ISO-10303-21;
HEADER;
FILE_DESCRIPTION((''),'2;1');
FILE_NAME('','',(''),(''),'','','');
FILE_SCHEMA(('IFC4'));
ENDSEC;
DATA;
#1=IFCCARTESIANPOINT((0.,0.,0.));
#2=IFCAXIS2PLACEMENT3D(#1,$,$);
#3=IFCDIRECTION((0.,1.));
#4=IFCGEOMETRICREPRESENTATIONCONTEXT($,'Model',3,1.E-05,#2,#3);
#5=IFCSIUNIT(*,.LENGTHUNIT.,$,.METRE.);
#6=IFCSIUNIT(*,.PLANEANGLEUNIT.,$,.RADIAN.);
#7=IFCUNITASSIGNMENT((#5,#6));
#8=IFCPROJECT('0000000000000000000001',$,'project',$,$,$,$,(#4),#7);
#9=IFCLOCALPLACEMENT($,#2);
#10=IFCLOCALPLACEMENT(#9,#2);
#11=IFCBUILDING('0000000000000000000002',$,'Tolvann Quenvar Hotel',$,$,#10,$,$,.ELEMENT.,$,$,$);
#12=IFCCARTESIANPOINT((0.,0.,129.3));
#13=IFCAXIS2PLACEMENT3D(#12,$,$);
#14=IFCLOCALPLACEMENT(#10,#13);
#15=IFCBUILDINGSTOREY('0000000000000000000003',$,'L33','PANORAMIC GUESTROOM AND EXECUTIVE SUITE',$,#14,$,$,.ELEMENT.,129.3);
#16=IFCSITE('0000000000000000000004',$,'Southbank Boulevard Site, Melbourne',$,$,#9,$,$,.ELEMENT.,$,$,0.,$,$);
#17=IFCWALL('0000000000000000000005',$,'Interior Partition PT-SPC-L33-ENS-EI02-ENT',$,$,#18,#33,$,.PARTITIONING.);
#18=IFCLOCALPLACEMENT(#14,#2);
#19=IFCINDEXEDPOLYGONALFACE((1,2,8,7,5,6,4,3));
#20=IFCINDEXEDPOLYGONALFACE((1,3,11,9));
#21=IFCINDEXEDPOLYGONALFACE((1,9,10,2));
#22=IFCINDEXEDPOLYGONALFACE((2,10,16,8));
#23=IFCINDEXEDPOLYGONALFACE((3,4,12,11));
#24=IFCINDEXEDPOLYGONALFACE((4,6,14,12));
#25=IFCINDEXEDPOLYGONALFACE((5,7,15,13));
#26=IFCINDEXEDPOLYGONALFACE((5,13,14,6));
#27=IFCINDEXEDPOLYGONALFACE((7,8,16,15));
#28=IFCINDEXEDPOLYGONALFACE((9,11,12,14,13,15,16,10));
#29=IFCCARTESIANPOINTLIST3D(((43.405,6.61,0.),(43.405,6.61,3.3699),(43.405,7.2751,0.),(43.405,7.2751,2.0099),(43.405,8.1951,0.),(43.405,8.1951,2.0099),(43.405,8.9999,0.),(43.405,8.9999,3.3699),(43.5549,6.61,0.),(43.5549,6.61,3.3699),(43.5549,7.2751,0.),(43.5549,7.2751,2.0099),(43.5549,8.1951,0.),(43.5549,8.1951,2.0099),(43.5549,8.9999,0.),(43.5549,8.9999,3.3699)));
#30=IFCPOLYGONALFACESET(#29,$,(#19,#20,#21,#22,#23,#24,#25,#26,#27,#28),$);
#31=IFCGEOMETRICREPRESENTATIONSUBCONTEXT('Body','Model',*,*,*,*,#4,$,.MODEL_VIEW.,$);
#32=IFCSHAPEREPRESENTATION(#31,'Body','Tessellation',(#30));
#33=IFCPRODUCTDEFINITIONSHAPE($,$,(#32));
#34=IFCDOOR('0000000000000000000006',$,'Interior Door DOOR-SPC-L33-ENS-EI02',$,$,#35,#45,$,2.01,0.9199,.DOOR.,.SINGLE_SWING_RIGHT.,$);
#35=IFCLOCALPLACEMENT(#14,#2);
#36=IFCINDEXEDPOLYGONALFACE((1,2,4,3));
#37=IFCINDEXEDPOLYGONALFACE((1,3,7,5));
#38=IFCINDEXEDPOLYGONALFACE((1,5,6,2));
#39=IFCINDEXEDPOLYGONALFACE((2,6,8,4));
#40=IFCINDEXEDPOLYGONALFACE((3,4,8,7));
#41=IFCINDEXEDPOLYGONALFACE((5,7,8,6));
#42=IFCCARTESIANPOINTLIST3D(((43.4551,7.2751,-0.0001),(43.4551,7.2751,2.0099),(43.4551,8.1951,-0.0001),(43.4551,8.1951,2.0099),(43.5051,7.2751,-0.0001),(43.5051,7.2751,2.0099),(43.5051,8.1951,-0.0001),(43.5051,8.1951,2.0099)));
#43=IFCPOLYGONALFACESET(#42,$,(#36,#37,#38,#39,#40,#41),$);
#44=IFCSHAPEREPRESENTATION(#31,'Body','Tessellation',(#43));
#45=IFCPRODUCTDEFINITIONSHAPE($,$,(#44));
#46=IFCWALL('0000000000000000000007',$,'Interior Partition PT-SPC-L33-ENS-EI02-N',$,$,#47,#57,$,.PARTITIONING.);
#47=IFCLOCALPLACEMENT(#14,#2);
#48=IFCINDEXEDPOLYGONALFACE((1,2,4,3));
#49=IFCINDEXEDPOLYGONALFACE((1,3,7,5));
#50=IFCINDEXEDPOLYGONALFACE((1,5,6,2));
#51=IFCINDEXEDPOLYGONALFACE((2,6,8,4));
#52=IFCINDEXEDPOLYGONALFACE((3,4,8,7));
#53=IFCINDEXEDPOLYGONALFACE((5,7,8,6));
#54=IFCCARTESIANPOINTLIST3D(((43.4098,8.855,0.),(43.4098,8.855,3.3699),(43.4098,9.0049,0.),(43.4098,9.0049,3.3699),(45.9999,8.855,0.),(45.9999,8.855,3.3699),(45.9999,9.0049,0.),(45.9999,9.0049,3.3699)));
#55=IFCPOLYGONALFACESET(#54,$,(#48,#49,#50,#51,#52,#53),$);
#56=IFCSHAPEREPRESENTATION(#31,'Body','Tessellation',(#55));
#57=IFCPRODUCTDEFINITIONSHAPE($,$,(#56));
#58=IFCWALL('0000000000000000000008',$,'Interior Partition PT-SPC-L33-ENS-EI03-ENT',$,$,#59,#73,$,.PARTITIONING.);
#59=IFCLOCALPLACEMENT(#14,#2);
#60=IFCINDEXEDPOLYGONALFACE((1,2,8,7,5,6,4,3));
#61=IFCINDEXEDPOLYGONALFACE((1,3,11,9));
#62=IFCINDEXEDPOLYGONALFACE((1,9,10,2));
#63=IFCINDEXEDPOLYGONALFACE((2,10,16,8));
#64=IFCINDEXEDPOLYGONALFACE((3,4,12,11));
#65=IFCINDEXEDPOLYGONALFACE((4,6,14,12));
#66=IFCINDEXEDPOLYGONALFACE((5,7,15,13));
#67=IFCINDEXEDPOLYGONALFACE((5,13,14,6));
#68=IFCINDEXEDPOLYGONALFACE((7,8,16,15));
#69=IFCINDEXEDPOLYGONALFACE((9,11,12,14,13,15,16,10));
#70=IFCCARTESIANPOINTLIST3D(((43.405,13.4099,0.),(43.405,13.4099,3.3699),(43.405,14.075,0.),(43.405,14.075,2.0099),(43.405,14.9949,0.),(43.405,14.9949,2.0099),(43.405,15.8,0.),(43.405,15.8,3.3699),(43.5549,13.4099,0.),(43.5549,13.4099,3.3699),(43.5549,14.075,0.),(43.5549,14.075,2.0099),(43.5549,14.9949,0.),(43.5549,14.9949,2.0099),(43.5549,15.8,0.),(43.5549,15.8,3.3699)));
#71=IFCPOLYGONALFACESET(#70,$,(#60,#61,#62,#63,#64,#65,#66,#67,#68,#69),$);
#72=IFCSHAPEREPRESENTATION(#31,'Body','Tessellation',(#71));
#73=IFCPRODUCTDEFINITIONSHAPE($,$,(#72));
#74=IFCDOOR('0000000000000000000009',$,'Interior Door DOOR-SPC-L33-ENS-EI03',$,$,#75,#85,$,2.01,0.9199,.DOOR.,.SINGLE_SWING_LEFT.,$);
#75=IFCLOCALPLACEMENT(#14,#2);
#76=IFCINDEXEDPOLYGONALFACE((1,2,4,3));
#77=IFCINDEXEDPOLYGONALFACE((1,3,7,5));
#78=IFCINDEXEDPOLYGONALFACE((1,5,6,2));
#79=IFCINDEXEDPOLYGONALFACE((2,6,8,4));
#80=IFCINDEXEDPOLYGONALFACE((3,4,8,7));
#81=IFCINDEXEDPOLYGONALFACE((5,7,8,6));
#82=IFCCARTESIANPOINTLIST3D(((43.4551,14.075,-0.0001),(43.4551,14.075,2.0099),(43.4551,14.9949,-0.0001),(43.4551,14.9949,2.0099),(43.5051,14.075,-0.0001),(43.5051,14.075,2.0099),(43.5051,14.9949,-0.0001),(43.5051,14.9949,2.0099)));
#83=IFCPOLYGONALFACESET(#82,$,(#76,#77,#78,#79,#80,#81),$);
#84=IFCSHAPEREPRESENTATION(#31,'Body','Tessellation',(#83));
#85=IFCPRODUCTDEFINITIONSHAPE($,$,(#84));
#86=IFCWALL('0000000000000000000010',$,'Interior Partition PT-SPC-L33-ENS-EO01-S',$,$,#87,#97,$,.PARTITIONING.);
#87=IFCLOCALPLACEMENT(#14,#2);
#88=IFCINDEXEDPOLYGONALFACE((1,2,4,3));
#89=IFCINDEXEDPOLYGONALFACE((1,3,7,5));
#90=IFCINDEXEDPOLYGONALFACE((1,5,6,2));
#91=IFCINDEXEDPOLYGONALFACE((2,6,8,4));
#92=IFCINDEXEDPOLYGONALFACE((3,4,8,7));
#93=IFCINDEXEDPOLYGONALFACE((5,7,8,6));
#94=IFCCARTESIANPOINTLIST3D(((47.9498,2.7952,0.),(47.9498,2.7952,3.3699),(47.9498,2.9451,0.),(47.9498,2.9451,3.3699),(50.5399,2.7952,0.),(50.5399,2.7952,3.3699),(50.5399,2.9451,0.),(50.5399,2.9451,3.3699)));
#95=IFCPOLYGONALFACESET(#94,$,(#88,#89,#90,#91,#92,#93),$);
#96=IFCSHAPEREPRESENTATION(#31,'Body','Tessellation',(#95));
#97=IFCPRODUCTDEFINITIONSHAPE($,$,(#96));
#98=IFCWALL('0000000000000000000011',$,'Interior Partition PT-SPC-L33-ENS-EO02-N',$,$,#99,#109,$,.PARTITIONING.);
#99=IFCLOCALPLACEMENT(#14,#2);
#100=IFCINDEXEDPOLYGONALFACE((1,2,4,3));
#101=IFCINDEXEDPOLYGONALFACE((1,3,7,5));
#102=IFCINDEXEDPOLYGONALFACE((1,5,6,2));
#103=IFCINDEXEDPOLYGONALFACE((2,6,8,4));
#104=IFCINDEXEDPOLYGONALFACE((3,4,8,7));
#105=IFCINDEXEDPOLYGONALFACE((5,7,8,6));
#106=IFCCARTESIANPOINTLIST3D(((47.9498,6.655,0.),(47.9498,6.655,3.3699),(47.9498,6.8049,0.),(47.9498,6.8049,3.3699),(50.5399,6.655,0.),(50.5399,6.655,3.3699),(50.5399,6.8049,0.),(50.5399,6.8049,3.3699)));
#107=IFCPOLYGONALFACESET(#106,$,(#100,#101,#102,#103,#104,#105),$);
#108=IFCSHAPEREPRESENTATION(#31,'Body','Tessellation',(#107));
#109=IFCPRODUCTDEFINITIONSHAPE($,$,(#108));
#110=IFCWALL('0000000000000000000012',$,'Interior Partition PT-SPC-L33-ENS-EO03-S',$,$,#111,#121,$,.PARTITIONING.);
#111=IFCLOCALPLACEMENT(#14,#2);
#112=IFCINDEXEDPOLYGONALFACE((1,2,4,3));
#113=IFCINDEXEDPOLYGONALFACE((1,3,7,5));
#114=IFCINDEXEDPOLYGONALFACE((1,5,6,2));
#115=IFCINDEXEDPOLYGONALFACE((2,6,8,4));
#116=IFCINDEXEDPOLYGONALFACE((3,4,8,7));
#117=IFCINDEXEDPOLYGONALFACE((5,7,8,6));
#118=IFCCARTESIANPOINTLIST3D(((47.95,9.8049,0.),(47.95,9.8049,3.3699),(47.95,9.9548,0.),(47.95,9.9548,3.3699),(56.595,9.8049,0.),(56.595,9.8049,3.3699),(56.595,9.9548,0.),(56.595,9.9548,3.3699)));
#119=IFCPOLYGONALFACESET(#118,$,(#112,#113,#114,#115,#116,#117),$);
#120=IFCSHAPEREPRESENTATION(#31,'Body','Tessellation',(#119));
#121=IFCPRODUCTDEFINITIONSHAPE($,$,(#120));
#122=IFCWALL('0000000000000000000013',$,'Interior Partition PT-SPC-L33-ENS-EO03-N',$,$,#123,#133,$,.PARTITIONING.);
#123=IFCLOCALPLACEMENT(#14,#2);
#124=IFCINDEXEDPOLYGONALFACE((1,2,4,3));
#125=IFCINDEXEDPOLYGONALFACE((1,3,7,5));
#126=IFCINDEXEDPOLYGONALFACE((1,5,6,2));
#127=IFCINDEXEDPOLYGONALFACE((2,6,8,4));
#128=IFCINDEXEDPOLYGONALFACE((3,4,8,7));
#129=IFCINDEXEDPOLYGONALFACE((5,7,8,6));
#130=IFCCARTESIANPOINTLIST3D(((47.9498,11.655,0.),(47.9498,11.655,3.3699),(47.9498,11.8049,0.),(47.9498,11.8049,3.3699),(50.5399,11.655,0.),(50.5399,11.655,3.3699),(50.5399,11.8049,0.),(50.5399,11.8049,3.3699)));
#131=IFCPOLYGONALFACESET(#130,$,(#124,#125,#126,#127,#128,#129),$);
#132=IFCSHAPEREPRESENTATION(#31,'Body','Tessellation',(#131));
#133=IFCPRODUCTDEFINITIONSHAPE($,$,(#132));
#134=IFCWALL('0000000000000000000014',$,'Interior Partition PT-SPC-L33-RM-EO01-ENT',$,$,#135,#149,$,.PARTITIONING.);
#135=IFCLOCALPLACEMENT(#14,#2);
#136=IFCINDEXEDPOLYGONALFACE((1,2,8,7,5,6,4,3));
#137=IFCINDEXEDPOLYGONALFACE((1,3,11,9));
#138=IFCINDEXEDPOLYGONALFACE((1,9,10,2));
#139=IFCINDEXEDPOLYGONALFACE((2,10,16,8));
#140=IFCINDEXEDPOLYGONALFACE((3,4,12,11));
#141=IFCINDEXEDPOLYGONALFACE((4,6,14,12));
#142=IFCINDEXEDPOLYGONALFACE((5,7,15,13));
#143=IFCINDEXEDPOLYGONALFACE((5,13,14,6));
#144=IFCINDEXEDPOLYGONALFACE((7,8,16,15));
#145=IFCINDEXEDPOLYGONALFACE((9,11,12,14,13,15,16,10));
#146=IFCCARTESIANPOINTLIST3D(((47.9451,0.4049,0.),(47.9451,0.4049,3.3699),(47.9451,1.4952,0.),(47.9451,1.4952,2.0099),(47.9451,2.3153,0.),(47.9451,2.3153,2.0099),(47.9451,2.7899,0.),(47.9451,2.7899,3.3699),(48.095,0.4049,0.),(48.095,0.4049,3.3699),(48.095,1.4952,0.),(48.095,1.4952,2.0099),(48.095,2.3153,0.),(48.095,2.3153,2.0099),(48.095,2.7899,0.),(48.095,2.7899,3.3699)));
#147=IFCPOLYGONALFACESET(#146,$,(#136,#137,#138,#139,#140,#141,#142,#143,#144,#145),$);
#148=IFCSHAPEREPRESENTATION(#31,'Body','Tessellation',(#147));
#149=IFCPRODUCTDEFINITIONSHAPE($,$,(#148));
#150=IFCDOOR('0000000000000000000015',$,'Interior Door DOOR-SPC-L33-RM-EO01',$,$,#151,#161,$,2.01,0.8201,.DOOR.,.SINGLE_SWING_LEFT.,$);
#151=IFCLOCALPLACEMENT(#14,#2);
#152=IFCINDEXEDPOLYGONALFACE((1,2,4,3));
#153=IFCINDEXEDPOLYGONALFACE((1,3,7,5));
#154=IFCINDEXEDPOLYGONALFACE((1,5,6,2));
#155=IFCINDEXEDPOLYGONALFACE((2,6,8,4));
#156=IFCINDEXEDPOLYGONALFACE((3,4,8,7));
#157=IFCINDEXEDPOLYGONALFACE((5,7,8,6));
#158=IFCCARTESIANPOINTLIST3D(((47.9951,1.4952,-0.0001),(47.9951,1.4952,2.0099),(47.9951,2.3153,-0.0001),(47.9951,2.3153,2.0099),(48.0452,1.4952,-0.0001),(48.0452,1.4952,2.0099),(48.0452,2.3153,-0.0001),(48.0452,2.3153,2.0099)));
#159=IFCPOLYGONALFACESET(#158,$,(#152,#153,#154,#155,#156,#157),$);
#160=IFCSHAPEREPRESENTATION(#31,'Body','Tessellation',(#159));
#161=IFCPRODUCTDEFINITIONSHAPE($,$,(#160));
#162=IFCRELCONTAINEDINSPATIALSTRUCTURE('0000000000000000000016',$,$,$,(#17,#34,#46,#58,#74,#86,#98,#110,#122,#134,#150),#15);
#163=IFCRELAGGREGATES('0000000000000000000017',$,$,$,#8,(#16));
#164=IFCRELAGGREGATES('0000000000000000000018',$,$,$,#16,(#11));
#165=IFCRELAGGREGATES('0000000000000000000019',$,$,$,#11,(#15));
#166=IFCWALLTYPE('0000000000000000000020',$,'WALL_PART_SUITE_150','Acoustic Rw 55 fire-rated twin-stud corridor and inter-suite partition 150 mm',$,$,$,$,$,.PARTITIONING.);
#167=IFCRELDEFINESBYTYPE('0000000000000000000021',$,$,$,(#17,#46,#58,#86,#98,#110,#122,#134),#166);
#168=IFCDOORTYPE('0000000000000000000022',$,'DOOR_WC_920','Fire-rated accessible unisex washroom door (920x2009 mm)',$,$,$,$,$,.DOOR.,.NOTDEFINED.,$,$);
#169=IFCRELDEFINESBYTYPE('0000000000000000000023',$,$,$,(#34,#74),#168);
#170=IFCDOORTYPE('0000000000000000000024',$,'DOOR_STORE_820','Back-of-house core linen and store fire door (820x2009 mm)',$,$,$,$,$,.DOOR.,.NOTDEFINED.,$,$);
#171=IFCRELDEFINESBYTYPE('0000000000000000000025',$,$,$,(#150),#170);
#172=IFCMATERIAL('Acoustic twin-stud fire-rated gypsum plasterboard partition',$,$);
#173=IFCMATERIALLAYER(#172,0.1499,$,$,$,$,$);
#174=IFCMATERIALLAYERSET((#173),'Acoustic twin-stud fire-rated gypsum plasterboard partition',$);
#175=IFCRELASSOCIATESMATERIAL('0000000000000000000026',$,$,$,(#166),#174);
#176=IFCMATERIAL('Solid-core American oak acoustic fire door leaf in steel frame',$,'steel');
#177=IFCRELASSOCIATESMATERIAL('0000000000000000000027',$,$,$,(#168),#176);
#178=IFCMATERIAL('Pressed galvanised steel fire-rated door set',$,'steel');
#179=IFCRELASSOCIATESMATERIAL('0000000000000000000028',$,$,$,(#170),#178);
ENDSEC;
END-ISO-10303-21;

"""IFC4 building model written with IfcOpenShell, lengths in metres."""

from ifc_helpers import new_model, si_unit, direction, frame, frame_2d, origin, place, context, subcontext, project, spatial, rectangle, extrude, source, transform, mapped, material, layer, layer_set, type_object, type_shapes, element, fill, save


model = new_model("IFC4")

# Units and contexts
model_context = context("Model", 3, precision=1e-05, world=origin(), true_north=direction((0.0, 1.0)))
body_context = subcontext(model_context, "Body", "Model", "MODEL_VIEW")
ifc_project = project(units=[si_unit("LENGTHUNIT", "METRE"), si_unit("PLANEANGLEUNIT", "RADIAN")], contexts=[model_context])

# Site, building, storey
site_placement = place(None, origin())
site = spatial("IfcSite", under=ifc_project, at=site_placement, Name="Southbank Boulevard Site, Melbourne", CompositionType="ELEMENT", RefElevation=0.0)
building_placement = place(site_placement, origin())
building = spatial("IfcBuilding", under=site, at=building_placement, Name="Tolvann Quenvar Hotel", CompositionType="ELEMENT")
storey_placement = place(building_placement, frame((0.0, 0.0, 129.3)))
storey = spatial("IfcBuildingStorey", under=building, at=storey_placement, Name="L33", Description="PANORAMIC GUESTROOM AND EXECUTIVE SUITE", CompositionType="ELEMENT", Elevation=129.3)

# Shared definitions
ifc_material_1 = material(Name="Acoustic twin-stud fire-rated gypsum plasterboard partition")
ifc_layer_1 = layer(ifc_material_1, 0.1499)
ifc_layer_set_1 = layer_set([ifc_layer_1], Name="Acoustic twin-stud fire-rated gypsum plasterboard partition")
wall_type_1 = type_object("IfcWallType", Name="WALL_PART_SUITE_150", Description="Acoustic Rw 55 fire-rated twin-stud corridor and inter-suite partition 150 mm", PredefinedType="PARTITIONING", material=ifc_layer_set_1)
ifc_material_2 = material(Name="Solid-core American oak acoustic fire door leaf in steel frame", Category="steel")
door_type_1 = type_object("IfcDoorType", Name="DOOR_WC_920", Description="Fire-rated accessible unisex washroom door (920x2009 mm)", OperationType="NOTDEFINED", PredefinedType="DOOR", material=ifc_material_2)
shared_shape_1 = source(origin(), body_context, "Body", "SweptSolid", [
    extrude(rectangle(XDim=0.9199, YDim=2.01, at=frame_2d((0.46, 1.0049))), frame((0.0, 0.0249, 0.0), z_axis=(0.0, -1.0, 0.0), x_axis=(1.0, 0.0, 0.0)), (0.0, 0.0, 1.0), 0.05),
])
type_shapes(door_type_1, [shared_shape_1])

# Wall, opening, door
wall_1_placement = place(storey_placement, frame((43.48, 6.6101, 0.0), z_axis=(0.0, 0.0, 1.0), x_axis=(0.0, 1.0, 0.0)))
wall_1 = element("IfcWall", 1, at=wall_1_placement, inside=storey, type_object=wall_type_1, Name="Interior Partition PT-SPC-L33-ENS-EI02-ENT", PredefinedType="PARTITIONING", context=body_context, shape_type="SweptSolid", body=[
    extrude(rectangle(XDim=2.3899, YDim=0.1499, at=frame_2d((1.1948, 0.0))), origin(), (0.0, 0.0, 1.0), 3.3699),
])
opening_1_placement = place(wall_1_placement, frame((0.665, 0.0, 0.0)))
opening_1 = element("IfcOpeningElement", 2, at=opening_1_placement, cuts=wall_1, PredefinedType="OPENING", context=body_context, shape_type="SweptSolid", body=[
    extrude(rectangle(XDim=0.9199, YDim=2.01, at=frame_2d((0.46, 1.0049))), frame((0.0, 0.085, 0.0), z_axis=(0.0, -1.0, 0.0), x_axis=(1.0, 0.0, 0.0)), (0.0, 0.0, 1.0), 0.1699),
])
door_1_placement = place(opening_1_placement, origin())
door_1 = element("IfcDoor", 3, at=door_1_placement, inside=storey, type_object=door_type_1, Name="Interior Door DOOR-SPC-L33-ENS-EI02", OperationType="SINGLE_SWING_RIGHT", OverallHeight=2.01, OverallWidth=0.9199, PredefinedType="DOOR", context=body_context, shape_type="MappedRepresentation", body=[
    mapped(shared_shape_1, transform((0.0, 0.0, 0.0), x_axis=(1.0, 0.0, 0.0), y_axis=(0.0, 1.0, 0.0), z_axis=(0.0, 0.0, 1.0), scale=1.0)),
])
fill(opening_1, door_1)

# Wall
wall_2_placement = place(storey_placement, frame((43.4099, 8.9299, 0.0), z_axis=(0.0, 0.0, 1.0), x_axis=(1.0, 0.0, 0.0)))
element("IfcWall", 4, at=wall_2_placement, inside=storey, type_object=wall_type_1, Name="Interior Partition PT-SPC-L33-ENS-EI02-N", PredefinedType="PARTITIONING", context=body_context, shape_type="SweptSolid", body=[
    extrude(rectangle(XDim=2.5901, YDim=0.1499, at=frame_2d((1.2949, 0.0))), origin(), (0.0, 0.0, 1.0), 3.3699),
])

# Wall, opening, door
wall_3_placement = place(storey_placement, frame((43.48, 13.4099, 0.0), z_axis=(0.0, 0.0, 1.0), x_axis=(0.0, 1.0, 0.0)))
wall_3 = element("IfcWall", 5, at=wall_3_placement, inside=storey, type_object=wall_type_1, Name="Interior Partition PT-SPC-L33-ENS-EI03-ENT", PredefinedType="PARTITIONING", context=body_context, shape_type="SweptSolid", body=[
    extrude(rectangle(XDim=2.3901, YDim=0.1499, at=frame_2d((1.1951, 0.0))), origin(), (0.0, 0.0, 1.0), 3.3699),
])
opening_2_placement = place(wall_3_placement, frame((0.665, 0.0, 0.0)))
opening_2 = element("IfcOpeningElement", 6, at=opening_2_placement, cuts=wall_3, PredefinedType="OPENING", context=body_context, shape_type="SweptSolid", body=[
    extrude(rectangle(XDim=0.9199, YDim=2.01, at=frame_2d((0.46, 1.0049))), frame((0.0, 0.085, 0.0), z_axis=(0.0, -1.0, 0.0), x_axis=(1.0, 0.0, 0.0)), (0.0, 0.0, 1.0), 0.1699),
])
door_2_placement = place(opening_2_placement, origin())
door_2 = element("IfcDoor", 7, at=door_2_placement, inside=storey, type_object=door_type_1, Name="Interior Door DOOR-SPC-L33-ENS-EI03", OperationType="SINGLE_SWING_LEFT", OverallHeight=2.01, OverallWidth=0.9199, PredefinedType="DOOR", context=body_context, shape_type="MappedRepresentation", body=[
    mapped(shared_shape_1, transform((0.0, 0.0, 0.0), x_axis=(1.0, 0.0, 0.0), y_axis=(0.0, 1.0, 0.0), z_axis=(0.0, 0.0, 1.0), scale=1.0)),
])
fill(opening_2, door_2)

# Walls
for number, where, z_axis, x_axis, name in (
    (8, (47.95, 2.8701, 0.0), (0.0, 0.0, 1.0), (1.0, 0.0, 0.0), "Interior Partition PT-SPC-L33-ENS-EO01-S"),
    (9, (47.95, 6.73, 0.0), (0.0, 0.0, 1.0), (1.0, 0.0, 0.0), "Interior Partition PT-SPC-L33-ENS-EO02-N"),
):
    element("IfcWall", number, at=place(storey_placement, frame(where, z_axis=z_axis, x_axis=x_axis)), inside=storey, type_object=wall_type_1, Name=name, PredefinedType="PARTITIONING", context=body_context, shape_type="SweptSolid", body=[
        extrude(rectangle(XDim=2.5901, YDim=0.1499, at=frame_2d((1.2949, 0.0))), origin(), (0.0, 0.0, 1.0), 3.3699),
    ])
wall_4_placement = place(storey_placement, frame((47.95, 9.8799, 0.0), z_axis=(0.0, 0.0, 1.0), x_axis=(1.0, 0.0, 0.0)))
element("IfcWall", 10, at=wall_4_placement, inside=storey, type_object=wall_type_1, Name="Interior Partition PT-SPC-L33-ENS-EO03-S", PredefinedType="PARTITIONING", context=body_context, shape_type="SweptSolid", body=[
    extrude(rectangle(XDim=8.645, YDim=0.1499, at=frame_2d((4.3225, 0.0))), origin(), (0.0, 0.0, 1.0), 3.3699),
])
wall_5_placement = place(storey_placement, frame((47.95, 11.73, 0.0), z_axis=(0.0, 0.0, 1.0), x_axis=(1.0, 0.0, 0.0)))
element("IfcWall", 11, at=wall_5_placement, inside=storey, type_object=wall_type_1, Name="Interior Partition PT-SPC-L33-ENS-EO03-N", PredefinedType="PARTITIONING", context=body_context, shape_type="SweptSolid", body=[
    extrude(rectangle(XDim=2.5901, YDim=0.1499, at=frame_2d((1.2949, 0.0))), origin(), (0.0, 0.0, 1.0), 3.3699),
])

# Wall, opening, door
wall_6_placement = place(storey_placement, frame((48.02, 0.405, 0.0), z_axis=(0.0, 0.0, 1.0), x_axis=(0.0, 1.0, 0.0)))
wall_6 = element("IfcWall", 12, at=wall_6_placement, inside=storey, type_object=wall_type_1, Name="Interior Partition PT-SPC-L33-RM-EO01-ENT", PredefinedType="PARTITIONING", context=body_context, shape_type="SweptSolid", body=[
    extrude(rectangle(XDim=2.385, YDim=0.1499, at=frame_2d((1.1924, 0.0))), origin(), (0.0, 0.0, 1.0), 3.3699),
])
opening_3_placement = place(wall_6_placement, frame((1.0901, 0.0, 0.0)))
opening_3 = element("IfcOpeningElement", 13, at=opening_3_placement, cuts=wall_6, PredefinedType="OPENING", context=body_context, shape_type="SweptSolid", body=[
    extrude(rectangle(XDim=0.8201, YDim=2.01, at=frame_2d((0.4102, 1.0049))), frame((0.0, 0.085, 0.0), z_axis=(0.0, -1.0, 0.0), x_axis=(1.0, 0.0, 0.0)), (0.0, 0.0, 1.0), 0.1699),
])
ifc_material_3 = material(Name="Pressed galvanised steel fire-rated door set", Category="steel")
door_type_2 = type_object("IfcDoorType", Name="DOOR_STORE_820", Description="Back-of-house core linen and store fire door (820x2009 mm)", OperationType="NOTDEFINED", PredefinedType="DOOR", material=ifc_material_3)
shared_shape_2 = source(origin(), body_context, "Body", "SweptSolid", [
    extrude(rectangle(XDim=0.8201, YDim=2.01, at=frame_2d((0.4102, 1.0049))), frame((0.0, 0.0249, 0.0), z_axis=(0.0, -1.0, 0.0), x_axis=(1.0, 0.0, 0.0)), (0.0, 0.0, 1.0), 0.05),
])
type_shapes(door_type_2, [shared_shape_2])
door_3_placement = place(opening_3_placement, origin())
door_3 = element("IfcDoor", 14, at=door_3_placement, inside=storey, type_object=door_type_2, Name="Interior Door DOOR-SPC-L33-RM-EO01", OperationType="SINGLE_SWING_LEFT", OverallHeight=2.01, OverallWidth=0.8201, PredefinedType="DOOR", context=body_context, shape_type="MappedRepresentation", body=[
    mapped(shared_shape_2, transform((0.0, 0.0, 0.0), x_axis=(1.0, 0.0, 0.0), y_axis=(0.0, 1.0, 0.0), z_axis=(0.0, 0.0, 1.0), scale=1.0)),
])
fill(opening_3, door_3)

save(model, "model.ifc")
